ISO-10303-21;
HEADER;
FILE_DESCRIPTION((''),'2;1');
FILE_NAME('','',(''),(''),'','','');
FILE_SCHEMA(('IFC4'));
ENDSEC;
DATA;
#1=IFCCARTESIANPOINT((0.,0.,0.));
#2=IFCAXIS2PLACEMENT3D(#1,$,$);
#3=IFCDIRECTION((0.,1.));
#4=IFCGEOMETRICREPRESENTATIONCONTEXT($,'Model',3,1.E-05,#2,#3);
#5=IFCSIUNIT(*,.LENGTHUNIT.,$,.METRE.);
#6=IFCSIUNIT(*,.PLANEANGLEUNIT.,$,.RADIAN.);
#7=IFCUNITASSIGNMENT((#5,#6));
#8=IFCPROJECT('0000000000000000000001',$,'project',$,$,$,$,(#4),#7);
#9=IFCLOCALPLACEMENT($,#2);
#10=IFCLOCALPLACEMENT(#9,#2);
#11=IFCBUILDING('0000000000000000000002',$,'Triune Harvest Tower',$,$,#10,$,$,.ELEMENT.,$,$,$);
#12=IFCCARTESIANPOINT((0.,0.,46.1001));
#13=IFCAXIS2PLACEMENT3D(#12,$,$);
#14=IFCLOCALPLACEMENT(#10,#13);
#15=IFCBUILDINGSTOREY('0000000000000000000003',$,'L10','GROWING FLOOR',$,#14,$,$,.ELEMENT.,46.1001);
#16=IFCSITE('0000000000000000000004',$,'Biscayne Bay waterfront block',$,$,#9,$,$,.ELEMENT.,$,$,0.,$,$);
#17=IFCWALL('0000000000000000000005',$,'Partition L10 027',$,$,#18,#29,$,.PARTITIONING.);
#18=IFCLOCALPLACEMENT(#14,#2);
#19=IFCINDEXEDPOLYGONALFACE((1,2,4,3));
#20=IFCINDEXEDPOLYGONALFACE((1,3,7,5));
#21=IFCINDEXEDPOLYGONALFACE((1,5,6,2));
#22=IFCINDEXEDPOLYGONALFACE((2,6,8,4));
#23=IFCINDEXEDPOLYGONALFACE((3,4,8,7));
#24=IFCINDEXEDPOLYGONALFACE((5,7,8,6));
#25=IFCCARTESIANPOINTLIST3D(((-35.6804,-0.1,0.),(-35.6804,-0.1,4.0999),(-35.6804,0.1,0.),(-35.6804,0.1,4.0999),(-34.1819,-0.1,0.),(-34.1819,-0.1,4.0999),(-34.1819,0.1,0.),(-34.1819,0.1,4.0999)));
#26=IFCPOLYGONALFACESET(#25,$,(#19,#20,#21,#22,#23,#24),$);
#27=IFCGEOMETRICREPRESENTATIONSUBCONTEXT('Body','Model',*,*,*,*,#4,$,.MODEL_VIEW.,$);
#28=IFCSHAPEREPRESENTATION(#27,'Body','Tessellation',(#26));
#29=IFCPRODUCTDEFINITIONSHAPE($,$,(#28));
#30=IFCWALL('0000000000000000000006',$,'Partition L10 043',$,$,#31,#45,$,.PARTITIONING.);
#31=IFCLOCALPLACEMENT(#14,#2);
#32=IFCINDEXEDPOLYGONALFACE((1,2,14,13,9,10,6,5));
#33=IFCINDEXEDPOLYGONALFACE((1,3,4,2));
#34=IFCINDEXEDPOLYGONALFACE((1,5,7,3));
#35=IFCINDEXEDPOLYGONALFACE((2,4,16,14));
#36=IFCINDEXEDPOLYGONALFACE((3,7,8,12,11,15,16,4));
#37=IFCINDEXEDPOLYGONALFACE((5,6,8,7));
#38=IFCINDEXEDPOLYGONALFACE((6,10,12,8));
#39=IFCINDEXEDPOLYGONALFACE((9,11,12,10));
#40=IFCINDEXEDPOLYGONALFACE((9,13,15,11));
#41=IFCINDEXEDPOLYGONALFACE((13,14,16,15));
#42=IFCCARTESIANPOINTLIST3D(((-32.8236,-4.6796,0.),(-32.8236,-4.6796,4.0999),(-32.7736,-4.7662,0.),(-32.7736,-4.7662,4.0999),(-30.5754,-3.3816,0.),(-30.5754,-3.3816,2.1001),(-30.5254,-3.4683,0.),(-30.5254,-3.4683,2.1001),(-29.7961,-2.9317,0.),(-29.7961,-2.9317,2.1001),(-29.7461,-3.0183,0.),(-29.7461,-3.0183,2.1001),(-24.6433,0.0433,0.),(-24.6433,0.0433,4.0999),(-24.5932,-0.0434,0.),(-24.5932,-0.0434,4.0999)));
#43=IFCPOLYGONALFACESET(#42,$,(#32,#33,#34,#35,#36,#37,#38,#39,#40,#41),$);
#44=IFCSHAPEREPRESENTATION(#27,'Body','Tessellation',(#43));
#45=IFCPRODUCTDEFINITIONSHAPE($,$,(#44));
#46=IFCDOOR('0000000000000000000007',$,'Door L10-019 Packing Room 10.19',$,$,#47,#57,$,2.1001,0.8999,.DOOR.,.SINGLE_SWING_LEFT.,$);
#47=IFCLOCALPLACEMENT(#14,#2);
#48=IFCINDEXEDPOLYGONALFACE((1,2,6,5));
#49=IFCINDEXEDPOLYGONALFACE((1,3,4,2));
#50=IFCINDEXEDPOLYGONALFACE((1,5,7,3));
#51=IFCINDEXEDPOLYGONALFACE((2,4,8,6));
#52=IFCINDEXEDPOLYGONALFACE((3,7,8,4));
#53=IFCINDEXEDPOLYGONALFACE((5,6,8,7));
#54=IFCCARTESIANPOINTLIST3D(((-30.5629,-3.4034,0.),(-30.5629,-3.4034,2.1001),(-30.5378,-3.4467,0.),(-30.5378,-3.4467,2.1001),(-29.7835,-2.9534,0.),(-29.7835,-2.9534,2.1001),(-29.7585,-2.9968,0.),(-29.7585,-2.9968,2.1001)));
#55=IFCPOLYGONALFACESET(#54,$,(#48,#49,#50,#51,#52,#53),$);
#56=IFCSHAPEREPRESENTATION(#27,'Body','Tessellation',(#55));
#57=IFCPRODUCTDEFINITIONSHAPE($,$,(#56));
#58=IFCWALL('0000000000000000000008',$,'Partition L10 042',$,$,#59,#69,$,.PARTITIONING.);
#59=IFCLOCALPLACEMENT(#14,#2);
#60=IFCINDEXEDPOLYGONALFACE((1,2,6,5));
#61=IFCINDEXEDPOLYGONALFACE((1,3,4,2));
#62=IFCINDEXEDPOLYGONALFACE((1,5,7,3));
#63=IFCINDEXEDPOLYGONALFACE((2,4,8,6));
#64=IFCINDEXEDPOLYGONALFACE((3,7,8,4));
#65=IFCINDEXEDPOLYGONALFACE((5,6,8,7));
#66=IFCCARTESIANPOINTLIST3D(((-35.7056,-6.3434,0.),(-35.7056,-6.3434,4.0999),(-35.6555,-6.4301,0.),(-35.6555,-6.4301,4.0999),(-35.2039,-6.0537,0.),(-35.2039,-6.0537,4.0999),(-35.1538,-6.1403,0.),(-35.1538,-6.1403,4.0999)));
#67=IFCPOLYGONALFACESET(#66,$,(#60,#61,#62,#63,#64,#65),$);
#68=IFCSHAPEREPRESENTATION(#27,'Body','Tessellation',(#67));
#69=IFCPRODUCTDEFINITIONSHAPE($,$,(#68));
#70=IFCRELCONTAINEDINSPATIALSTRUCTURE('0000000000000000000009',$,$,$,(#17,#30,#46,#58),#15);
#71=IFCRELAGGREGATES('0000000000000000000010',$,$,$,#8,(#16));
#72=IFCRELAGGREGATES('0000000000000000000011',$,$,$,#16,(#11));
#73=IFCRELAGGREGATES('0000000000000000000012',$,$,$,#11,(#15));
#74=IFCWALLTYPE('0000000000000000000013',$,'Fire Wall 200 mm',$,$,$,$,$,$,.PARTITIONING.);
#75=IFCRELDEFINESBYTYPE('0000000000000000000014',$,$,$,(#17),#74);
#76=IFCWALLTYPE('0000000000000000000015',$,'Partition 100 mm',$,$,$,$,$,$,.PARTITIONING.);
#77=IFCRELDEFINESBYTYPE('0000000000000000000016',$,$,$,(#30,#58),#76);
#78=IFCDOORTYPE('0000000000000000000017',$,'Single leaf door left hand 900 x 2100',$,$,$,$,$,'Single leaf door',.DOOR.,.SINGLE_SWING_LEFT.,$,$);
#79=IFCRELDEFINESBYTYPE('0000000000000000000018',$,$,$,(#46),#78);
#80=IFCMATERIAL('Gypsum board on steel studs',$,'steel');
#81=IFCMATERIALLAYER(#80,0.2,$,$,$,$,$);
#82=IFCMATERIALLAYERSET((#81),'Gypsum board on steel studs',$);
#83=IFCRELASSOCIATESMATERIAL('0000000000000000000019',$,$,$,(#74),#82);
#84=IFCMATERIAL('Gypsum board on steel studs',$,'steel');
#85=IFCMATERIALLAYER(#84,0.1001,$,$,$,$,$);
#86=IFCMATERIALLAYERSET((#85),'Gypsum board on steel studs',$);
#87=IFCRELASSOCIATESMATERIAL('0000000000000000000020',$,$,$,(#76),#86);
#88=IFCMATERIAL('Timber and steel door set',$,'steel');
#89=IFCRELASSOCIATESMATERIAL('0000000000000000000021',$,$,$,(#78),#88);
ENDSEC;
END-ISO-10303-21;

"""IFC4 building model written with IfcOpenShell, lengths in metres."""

from ifc_helpers import new_model, si_unit, direction, frame, frame_2d, origin, place, context, subcontext, project, spatial, rectangle, extrude, source, transform, mapped, material, layer, layer_set, type_object, element, fill, save


model = new_model("IFC4")

# Units and contexts
model_context = context("Model", 3, precision=1e-05, world=origin(), true_north=direction((0.0, 1.0)))
body_context = subcontext(model_context, "Body", "Model", "MODEL_VIEW")
ifc_project = project(units=[si_unit("LENGTHUNIT", "METRE"), si_unit("PLANEANGLEUNIT", "RADIAN")], contexts=[model_context])

# Site, building, storey
site_placement = place(None, origin())
site = spatial("IfcSite", under=ifc_project, at=site_placement, Name="Biscayne Bay waterfront block", CompositionType="ELEMENT", RefElevation=0.0)
building_placement = place(site_placement, origin())
building = spatial("IfcBuilding", under=site, at=building_placement, Name="Triune Harvest Tower", CompositionType="ELEMENT")
storey_placement = place(building_placement, frame((0.0, 0.0, 46.1001)))
storey = spatial("IfcBuildingStorey", under=building, at=storey_placement, Name="L10", Description="GROWING FLOOR", CompositionType="ELEMENT", Elevation=46.1001)

# Wall
ifc_material_1 = material(Name="Gypsum board on steel studs", Category="steel")
ifc_layer_1 = layer(ifc_material_1, 0.2)
ifc_layer_set_1 = layer_set([ifc_layer_1], Name="Gypsum board on steel studs")
wall_type_1 = type_object("IfcWallType", Name="Fire Wall 200 mm", PredefinedType="PARTITIONING", material=ifc_layer_set_1)
shared_shape_1 = source(origin(), body_context, "Body", "SweptSolid", [
    extrude(rectangle(XDim=1.4985, YDim=0.2, at=frame_2d((0.7493, 0.0))), origin(), (0.0, 0.0, 1.0), 4.0999),
])
wall_1_placement = place(storey_placement, frame((-35.6804, 0.0, 0.0), z_axis=(0.0, 0.0, 1.0), x_axis=(1.0, 0.0, 0.0)))
element("IfcWall", 1, at=wall_1_placement, inside=storey, type_object=wall_type_1, Name="Partition L10 027", PredefinedType="PARTITIONING", context=body_context, shape_type="MappedRepresentation", body=[
    mapped(shared_shape_1, transform((0.0, 0.0, 0.0), scale=1.0)),
])

# Wall, opening, door
ifc_material_2 = material(Name="Gypsum board on steel studs", Category="steel")
ifc_layer_2 = layer(ifc_material_2, 0.1001)
ifc_layer_set_2 = layer_set([ifc_layer_2], Name="Gypsum board on steel studs")
wall_type_2 = type_object("IfcWallType", Name="Partition 100 mm", PredefinedType="PARTITIONING", material=ifc_layer_set_2)
shared_shape_2 = source(origin(), body_context, "Body", "SweptSolid", [
    extrude(rectangle(XDim=9.4458, YDim=0.1001, at=frame_2d((4.7229, 0.0))), origin(), (0.0, 0.0, 1.0), 4.0999),
])
wall_2_placement = place(storey_placement, frame((-32.7986, -4.7229, 0.0), z_axis=(0.0, 0.0, 1.0), x_axis=(0.866028, 0.499995, 0.0)))
wall_2 = element("IfcWall", 2, at=wall_2_placement, inside=storey, type_object=wall_type_2, Name="Partition L10 043", PredefinedType="PARTITIONING", context=body_context, shape_type="MappedRepresentation", body=[
    mapped(shared_shape_2, transform((0.0, 0.0, 0.0), scale=1.0)),
])
opening_placement = place(wall_2_placement, frame((2.5959, 0.0, 0.0)))
opening = element("IfcOpeningElement", 3, at=opening_placement, cuts=wall_2, PredefinedType="OPENING", context=body_context, shape_type="SweptSolid", body=[
    extrude(rectangle(XDim=0.8999, YDim=2.1001, at=frame_2d((0.45, 1.05))), frame((0.0, 0.0601, 0.0), z_axis=(0.0, -1.0, 0.0), x_axis=(1.0, 0.0, 0.0)), (0.0, 0.0, 1.0), 0.1201),
])
ifc_material_3 = material(Name="Timber and steel door set", Category="steel")
door_type = type_object("IfcDoorType", Name="Single leaf door left hand 900 x 2100", ElementType="Single leaf door", OperationType="SINGLE_SWING_LEFT", PredefinedType="DOOR", material=ifc_material_3)
door_placement = place(opening_placement, origin())
door = element("IfcDoor", 4, at=door_placement, inside=storey, type_object=door_type, Name="Door L10-019 Packing Room 10.19", OperationType="SINGLE_SWING_LEFT", OverallHeight=2.1001, OverallWidth=0.8999, PredefinedType="DOOR", context=body_context, shape_type="SweptSolid", body=[
    extrude(rectangle(XDim=0.8999, YDim=2.1001, at=frame_2d((0.45, 1.05))), frame((0.0, 0.0249, 0.0), z_axis=(0.0, -1.0, 0.0), x_axis=(1.0, 0.0, 0.0)), (0.0, 0.0, 1.0), 0.05),
])
fill(opening, door)

# Wall
shared_shape_3 = source(origin(), body_context, "Body", "SweptSolid", [
    extrude(rectangle(XDim=0.5793, YDim=0.1001, at=frame_2d((0.2896, 0.0))), origin(), (0.0, 0.0, 1.0), 4.0999),
])
wall_3_placement = place(storey_placement, frame((-35.6804, -6.3867, 0.0), z_axis=(0.0, 0.0, 1.0), x_axis=(0.865926, 0.500172, 0.0)))
element("IfcWall", 5, at=wall_3_placement, inside=storey, type_object=wall_type_2, Name="Partition L10 042", PredefinedType="PARTITIONING", context=body_context, shape_type="MappedRepresentation", body=[
    mapped(shared_shape_3, transform((0.0, 0.0, 0.0), scale=1.0)),
])

save(model, "model.ifc")
